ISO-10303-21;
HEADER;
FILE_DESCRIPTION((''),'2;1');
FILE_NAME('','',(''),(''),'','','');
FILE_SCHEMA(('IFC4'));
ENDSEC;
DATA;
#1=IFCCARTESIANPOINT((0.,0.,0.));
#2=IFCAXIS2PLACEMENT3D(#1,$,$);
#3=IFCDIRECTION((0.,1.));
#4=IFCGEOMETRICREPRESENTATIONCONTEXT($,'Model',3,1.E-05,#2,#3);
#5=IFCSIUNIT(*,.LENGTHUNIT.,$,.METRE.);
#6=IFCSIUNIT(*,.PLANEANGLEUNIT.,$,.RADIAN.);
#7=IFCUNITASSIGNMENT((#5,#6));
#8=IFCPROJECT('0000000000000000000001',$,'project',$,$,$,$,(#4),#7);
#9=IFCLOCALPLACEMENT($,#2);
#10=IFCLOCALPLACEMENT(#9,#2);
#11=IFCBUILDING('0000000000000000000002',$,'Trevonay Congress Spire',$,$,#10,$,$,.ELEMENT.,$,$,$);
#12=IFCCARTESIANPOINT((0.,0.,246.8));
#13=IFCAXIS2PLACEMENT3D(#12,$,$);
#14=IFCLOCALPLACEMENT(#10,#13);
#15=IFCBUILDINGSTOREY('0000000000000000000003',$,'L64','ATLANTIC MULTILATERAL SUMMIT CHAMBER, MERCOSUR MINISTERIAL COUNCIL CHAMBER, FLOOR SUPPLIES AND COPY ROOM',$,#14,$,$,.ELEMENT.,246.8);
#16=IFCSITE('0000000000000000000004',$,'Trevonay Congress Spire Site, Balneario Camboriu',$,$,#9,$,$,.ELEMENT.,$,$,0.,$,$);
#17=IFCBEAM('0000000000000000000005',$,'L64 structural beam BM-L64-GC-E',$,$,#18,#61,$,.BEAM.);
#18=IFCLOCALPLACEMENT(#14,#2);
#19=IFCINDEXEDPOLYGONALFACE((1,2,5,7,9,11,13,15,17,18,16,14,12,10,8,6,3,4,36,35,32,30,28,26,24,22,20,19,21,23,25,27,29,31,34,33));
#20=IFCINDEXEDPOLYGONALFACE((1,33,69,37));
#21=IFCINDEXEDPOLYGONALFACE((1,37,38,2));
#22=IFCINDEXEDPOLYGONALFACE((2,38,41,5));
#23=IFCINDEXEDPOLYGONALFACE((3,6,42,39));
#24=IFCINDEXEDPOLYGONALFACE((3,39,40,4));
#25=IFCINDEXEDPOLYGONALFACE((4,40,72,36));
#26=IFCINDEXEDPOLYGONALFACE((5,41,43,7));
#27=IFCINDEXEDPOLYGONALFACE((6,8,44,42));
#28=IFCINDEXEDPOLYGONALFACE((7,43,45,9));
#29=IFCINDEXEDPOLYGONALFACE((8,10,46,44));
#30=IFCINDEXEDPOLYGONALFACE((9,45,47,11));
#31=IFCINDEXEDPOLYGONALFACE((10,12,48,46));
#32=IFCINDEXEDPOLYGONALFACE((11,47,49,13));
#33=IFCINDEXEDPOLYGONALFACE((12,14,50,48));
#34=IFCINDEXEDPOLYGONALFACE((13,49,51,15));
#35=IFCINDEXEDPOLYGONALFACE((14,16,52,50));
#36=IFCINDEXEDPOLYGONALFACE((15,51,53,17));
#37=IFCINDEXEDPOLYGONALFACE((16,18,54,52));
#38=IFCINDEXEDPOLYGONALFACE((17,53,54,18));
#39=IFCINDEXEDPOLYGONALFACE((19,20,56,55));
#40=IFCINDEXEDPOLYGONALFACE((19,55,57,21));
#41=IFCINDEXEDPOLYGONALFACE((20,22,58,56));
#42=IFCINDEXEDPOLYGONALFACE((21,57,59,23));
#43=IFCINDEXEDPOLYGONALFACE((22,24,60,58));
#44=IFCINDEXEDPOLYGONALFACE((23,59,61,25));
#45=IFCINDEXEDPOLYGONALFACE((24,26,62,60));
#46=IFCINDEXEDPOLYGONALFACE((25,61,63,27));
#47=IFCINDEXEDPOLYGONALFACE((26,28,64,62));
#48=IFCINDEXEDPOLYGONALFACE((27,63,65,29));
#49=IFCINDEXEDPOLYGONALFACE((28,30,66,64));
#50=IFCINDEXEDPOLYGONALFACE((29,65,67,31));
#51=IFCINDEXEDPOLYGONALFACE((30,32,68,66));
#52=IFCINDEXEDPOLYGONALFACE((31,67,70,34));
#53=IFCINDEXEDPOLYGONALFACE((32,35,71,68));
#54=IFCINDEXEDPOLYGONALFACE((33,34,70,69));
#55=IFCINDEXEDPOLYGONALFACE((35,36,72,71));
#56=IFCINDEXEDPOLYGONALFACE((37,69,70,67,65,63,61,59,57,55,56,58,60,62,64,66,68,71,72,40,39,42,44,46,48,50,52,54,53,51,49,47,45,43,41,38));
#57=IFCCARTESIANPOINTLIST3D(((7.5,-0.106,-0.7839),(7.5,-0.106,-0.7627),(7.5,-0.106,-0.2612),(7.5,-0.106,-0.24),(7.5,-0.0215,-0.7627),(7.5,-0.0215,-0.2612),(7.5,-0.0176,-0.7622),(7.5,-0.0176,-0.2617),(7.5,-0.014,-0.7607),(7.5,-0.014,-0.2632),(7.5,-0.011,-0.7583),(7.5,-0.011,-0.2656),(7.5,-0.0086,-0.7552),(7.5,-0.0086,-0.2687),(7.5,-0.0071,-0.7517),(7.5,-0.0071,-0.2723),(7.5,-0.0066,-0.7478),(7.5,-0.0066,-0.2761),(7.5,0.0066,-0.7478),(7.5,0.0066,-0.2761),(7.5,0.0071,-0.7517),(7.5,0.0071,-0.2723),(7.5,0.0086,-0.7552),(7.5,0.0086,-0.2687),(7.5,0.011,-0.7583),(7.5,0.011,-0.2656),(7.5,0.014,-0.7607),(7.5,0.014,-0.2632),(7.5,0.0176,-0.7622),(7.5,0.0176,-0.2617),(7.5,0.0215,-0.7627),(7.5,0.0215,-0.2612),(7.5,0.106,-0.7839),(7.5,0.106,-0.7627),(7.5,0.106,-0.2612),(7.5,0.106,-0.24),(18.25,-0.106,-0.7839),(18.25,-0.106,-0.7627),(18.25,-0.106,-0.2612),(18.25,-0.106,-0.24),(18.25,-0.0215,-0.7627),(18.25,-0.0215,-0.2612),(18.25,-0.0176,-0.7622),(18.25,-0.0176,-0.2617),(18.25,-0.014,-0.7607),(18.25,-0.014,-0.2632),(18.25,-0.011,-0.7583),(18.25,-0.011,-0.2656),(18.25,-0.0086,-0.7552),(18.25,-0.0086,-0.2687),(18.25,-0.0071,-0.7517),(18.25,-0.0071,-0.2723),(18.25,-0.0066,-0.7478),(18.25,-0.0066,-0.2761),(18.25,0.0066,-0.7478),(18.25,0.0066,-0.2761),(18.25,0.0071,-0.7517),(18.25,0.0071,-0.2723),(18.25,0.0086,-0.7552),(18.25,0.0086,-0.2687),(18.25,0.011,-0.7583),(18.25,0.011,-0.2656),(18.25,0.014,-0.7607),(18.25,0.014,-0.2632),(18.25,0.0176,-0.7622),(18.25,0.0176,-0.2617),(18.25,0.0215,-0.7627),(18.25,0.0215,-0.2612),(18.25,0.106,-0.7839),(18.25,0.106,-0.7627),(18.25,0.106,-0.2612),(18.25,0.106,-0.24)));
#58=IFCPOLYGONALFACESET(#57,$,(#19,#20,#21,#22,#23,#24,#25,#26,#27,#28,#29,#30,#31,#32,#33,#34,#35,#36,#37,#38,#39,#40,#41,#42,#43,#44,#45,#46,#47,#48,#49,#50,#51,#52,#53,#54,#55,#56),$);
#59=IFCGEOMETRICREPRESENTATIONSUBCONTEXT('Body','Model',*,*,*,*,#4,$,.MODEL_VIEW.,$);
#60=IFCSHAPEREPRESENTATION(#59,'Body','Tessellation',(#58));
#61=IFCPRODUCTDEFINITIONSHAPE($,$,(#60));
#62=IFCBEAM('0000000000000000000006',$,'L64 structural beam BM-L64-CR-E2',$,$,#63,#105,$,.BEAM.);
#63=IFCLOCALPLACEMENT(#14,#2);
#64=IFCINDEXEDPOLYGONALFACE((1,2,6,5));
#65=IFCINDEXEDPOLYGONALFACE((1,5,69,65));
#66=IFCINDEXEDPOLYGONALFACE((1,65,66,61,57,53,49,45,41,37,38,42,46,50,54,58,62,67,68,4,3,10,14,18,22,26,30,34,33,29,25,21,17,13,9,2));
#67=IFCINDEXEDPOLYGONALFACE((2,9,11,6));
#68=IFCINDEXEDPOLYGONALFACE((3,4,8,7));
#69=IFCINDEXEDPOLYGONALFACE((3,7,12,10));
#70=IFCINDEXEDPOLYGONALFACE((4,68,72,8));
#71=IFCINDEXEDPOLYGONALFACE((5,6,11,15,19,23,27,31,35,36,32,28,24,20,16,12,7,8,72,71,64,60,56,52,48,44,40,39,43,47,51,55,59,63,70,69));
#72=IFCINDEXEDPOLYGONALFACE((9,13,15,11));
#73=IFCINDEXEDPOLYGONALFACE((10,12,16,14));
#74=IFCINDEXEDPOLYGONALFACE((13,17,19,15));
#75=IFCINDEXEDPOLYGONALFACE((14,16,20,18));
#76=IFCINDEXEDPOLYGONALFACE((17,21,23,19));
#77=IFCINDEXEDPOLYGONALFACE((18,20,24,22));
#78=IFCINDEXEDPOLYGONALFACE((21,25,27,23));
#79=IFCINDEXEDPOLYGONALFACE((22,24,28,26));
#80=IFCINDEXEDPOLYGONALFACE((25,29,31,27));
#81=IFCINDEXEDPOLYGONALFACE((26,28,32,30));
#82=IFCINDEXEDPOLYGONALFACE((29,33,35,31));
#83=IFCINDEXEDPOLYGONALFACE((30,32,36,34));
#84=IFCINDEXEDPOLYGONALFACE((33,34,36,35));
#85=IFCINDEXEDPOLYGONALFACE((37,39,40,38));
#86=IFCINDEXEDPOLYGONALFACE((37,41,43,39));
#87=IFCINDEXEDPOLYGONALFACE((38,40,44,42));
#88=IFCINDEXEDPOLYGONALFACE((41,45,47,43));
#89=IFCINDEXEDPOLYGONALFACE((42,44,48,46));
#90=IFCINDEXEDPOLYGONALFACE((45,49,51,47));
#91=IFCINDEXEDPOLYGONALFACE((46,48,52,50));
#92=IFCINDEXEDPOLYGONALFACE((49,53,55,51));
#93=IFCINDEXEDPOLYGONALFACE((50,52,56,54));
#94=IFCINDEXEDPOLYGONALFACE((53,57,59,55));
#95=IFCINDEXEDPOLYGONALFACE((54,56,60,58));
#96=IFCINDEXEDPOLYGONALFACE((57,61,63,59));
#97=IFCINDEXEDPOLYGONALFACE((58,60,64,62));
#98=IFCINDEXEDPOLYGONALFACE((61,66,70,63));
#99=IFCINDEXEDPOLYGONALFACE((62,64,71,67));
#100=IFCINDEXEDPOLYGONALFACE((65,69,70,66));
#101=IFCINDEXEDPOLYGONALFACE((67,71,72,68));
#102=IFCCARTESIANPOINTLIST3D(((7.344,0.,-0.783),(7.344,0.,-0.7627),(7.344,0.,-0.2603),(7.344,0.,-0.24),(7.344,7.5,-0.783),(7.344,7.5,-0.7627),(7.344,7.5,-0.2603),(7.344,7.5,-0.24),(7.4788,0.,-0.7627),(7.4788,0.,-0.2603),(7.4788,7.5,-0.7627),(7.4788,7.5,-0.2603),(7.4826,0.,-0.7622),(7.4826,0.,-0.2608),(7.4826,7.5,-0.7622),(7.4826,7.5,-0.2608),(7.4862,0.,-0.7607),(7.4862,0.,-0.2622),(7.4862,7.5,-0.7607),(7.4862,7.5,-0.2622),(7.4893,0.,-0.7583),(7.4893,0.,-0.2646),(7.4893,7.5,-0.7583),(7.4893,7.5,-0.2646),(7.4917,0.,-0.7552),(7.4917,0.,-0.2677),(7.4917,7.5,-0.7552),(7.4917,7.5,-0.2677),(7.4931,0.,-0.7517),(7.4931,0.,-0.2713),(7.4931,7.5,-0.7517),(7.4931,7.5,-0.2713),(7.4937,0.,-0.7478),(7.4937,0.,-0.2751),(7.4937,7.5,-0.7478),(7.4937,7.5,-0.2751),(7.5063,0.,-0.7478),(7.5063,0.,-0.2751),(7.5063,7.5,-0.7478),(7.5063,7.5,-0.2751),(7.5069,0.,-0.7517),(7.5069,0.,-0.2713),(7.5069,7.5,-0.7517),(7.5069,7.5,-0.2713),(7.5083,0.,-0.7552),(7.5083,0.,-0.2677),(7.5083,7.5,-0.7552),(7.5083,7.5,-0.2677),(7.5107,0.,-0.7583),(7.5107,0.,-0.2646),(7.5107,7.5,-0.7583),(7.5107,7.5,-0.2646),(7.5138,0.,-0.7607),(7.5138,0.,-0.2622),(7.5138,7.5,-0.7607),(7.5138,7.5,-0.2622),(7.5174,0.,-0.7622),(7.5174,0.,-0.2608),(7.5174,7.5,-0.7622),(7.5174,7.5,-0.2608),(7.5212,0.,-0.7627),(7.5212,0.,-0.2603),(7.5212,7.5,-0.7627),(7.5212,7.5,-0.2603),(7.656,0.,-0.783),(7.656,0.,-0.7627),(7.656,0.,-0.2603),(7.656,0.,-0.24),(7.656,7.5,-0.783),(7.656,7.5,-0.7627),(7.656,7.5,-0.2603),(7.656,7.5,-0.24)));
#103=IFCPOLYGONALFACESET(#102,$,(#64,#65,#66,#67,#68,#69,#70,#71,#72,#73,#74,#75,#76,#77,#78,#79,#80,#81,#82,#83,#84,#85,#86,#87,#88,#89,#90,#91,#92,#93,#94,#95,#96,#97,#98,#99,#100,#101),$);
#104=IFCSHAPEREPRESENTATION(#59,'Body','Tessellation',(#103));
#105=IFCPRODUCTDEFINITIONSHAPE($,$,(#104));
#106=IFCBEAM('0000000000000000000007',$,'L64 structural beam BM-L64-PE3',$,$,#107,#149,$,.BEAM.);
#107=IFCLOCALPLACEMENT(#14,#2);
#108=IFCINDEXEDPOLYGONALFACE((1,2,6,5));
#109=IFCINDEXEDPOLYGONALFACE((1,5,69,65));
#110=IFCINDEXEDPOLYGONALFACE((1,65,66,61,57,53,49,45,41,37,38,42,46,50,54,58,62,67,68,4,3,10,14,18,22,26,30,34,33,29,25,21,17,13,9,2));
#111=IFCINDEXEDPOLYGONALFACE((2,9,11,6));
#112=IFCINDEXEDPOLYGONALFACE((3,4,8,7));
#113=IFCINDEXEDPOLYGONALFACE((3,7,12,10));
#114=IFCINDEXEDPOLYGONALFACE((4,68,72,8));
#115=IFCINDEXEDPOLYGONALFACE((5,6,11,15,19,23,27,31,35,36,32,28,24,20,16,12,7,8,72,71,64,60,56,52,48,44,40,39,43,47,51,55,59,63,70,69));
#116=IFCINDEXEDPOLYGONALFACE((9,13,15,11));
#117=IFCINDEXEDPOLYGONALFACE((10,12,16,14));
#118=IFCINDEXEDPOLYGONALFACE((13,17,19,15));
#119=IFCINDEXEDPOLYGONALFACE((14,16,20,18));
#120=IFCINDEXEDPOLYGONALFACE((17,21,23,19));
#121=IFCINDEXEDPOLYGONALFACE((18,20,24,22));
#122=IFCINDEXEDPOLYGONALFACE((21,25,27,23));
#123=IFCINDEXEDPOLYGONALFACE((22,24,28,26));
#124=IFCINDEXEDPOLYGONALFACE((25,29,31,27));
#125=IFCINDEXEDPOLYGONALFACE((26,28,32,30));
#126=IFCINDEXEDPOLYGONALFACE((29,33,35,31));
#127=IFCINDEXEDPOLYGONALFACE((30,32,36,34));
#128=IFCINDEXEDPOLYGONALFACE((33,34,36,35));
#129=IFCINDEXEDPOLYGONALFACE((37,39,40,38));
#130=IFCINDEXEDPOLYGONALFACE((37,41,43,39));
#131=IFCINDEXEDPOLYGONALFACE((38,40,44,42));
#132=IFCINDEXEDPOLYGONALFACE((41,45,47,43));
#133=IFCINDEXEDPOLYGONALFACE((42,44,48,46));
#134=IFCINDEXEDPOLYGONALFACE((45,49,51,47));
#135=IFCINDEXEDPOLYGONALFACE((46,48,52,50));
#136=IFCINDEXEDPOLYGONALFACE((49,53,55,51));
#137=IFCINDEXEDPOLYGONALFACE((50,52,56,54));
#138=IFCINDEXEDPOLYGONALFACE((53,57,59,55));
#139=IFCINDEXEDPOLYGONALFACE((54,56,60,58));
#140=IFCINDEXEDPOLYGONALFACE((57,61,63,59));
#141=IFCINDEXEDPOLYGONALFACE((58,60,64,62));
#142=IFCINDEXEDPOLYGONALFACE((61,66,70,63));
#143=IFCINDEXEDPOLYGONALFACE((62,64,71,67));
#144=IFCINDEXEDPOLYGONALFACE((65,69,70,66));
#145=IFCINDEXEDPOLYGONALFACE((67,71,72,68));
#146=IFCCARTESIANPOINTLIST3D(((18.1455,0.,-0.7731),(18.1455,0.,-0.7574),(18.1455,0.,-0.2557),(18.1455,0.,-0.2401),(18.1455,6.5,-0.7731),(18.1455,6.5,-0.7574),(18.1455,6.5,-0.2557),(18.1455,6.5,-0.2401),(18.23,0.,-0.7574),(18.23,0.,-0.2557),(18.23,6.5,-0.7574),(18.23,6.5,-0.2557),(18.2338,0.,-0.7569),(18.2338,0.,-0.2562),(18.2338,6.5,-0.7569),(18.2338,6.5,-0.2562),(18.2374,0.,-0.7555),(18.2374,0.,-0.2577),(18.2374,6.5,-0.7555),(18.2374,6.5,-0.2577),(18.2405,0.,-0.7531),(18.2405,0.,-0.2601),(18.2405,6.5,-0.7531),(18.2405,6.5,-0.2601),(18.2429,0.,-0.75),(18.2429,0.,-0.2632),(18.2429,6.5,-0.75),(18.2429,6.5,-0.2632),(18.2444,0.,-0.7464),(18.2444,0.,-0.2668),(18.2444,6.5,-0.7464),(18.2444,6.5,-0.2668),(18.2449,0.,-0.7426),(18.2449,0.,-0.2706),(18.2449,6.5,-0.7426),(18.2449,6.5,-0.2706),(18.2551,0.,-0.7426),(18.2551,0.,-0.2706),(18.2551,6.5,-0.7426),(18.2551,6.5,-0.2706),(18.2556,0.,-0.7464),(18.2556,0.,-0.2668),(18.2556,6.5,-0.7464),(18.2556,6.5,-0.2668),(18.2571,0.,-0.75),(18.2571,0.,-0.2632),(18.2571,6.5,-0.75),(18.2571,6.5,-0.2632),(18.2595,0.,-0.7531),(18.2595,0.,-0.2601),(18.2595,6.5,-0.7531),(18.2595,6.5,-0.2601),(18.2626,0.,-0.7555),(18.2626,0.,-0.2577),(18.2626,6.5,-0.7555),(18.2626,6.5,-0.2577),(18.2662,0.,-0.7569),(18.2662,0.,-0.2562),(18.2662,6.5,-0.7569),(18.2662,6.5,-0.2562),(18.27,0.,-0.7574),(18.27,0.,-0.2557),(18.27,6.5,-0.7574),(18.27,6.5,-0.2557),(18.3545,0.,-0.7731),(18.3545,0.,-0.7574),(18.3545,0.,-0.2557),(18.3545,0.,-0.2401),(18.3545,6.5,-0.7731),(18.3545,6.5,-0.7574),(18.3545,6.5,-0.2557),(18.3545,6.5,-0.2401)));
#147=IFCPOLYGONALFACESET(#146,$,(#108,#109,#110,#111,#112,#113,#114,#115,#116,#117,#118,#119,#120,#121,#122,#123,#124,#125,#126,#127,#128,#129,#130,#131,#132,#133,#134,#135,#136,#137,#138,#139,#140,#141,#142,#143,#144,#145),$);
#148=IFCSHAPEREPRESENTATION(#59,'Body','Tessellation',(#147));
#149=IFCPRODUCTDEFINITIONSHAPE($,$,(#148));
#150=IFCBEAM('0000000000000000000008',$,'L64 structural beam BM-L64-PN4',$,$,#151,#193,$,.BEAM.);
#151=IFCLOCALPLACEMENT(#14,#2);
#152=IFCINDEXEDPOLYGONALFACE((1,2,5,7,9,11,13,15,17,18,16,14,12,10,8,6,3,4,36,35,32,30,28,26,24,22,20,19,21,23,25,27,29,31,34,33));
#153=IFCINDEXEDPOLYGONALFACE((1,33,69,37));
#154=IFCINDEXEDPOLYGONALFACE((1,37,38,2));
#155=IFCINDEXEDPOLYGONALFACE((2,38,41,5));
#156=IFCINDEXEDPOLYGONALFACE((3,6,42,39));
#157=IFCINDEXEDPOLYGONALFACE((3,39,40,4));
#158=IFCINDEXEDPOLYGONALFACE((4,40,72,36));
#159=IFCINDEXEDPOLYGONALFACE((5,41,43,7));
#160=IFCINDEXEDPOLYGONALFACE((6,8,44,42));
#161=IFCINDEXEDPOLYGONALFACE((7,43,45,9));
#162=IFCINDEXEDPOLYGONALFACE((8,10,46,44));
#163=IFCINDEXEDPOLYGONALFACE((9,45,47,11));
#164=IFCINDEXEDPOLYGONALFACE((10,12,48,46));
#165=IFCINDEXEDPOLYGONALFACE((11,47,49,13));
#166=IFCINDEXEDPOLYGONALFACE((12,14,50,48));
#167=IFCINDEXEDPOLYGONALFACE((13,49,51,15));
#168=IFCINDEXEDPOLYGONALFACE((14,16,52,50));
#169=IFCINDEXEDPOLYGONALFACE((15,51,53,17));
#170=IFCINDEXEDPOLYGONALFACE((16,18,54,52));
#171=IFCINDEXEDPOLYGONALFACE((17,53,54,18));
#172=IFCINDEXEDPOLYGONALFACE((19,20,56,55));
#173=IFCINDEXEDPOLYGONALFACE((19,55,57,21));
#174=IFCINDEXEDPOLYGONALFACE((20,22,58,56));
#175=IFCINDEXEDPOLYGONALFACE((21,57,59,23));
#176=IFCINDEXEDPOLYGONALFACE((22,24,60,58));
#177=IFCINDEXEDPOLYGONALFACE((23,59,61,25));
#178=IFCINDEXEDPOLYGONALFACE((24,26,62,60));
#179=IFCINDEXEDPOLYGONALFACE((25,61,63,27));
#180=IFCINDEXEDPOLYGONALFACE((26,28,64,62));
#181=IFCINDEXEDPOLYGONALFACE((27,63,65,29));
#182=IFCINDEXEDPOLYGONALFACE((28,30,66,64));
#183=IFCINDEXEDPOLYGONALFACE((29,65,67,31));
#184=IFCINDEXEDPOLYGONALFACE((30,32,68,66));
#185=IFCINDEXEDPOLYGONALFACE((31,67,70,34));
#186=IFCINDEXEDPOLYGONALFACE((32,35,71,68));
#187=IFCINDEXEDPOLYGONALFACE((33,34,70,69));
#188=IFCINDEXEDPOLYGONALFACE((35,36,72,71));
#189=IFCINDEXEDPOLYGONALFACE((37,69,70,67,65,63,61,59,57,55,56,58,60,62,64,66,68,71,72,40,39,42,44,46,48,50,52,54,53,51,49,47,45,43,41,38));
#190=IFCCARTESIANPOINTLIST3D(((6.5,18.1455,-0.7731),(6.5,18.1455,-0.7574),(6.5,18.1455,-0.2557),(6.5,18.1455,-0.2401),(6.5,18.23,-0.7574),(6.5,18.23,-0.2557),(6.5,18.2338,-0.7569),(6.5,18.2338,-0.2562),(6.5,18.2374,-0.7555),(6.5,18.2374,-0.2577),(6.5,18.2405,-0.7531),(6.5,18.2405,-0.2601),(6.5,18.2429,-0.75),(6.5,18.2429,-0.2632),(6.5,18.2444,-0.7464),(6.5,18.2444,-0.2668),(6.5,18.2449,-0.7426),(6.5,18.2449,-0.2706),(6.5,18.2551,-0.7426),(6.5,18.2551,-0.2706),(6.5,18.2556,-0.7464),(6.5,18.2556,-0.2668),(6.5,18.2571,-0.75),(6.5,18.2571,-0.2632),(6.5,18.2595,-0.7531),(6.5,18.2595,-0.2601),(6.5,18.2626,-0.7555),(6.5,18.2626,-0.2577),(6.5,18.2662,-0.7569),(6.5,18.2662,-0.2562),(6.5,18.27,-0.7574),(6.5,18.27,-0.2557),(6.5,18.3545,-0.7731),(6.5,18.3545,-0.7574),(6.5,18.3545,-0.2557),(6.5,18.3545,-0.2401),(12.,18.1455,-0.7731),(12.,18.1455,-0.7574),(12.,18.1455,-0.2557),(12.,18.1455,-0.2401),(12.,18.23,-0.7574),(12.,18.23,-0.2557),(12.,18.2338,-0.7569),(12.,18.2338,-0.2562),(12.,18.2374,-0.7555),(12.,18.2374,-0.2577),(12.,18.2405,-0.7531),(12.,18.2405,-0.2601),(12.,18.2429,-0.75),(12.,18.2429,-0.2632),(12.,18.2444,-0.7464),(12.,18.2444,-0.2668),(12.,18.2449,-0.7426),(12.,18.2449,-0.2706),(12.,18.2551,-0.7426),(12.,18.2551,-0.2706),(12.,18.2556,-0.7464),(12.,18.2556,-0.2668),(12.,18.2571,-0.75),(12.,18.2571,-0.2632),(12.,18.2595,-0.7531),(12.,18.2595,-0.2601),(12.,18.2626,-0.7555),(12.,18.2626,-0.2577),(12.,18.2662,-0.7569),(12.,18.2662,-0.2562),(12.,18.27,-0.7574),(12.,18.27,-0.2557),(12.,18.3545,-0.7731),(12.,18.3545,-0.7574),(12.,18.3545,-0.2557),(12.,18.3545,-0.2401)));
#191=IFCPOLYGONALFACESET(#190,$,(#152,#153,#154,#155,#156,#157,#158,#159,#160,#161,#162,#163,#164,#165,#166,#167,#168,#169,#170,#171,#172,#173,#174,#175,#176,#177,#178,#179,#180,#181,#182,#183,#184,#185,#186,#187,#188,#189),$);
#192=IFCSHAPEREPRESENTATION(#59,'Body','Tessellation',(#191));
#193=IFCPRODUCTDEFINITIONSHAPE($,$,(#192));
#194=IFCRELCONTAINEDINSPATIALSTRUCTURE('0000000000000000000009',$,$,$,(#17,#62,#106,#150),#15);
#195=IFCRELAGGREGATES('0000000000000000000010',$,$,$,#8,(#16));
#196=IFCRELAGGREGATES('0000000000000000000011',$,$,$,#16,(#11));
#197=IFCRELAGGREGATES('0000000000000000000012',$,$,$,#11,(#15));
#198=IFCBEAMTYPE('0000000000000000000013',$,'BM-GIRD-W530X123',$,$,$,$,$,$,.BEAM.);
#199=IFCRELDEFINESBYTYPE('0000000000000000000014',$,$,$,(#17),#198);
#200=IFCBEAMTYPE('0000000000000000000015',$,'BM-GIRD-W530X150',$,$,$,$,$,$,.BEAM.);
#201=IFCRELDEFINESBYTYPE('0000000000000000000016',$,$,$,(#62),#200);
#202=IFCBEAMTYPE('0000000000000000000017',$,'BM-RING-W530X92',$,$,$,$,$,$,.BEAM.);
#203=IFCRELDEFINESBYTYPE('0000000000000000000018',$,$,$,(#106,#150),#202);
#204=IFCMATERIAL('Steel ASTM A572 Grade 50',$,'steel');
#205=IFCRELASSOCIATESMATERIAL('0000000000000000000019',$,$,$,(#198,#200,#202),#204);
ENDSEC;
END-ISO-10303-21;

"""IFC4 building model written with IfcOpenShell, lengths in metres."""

from ifc_helpers import new_model, si_unit, direction, frame, origin, origin_2d, place, context, subcontext, project, spatial, i_section, extrude, material, material_profile, profile_set, type_object, element, save


model = new_model("IFC4")

# Units and contexts
model_context = context("Model", 3, precision=1e-05, world=origin(), true_north=direction((0.0, 1.0)))
body_context = subcontext(model_context, "Body", "Model", "MODEL_VIEW")
ifc_project = project(units=[si_unit("LENGTHUNIT", "METRE"), si_unit("PLANEANGLEUNIT", "RADIAN")], contexts=[model_context])

# Site, building, storey
site_placement = place(None, origin())
site = spatial("IfcSite", under=ifc_project, at=site_placement, Name="Trevonay Congress Spire Site, Balneario Camboriu", CompositionType="ELEMENT", RefElevation=0.0)
building_placement = place(site_placement, origin())
building = spatial("IfcBuilding", under=site, at=building_placement, Name="Trevonay Congress Spire", CompositionType="ELEMENT")
storey_placement = place(building_placement, frame((0.0, 0.0, 246.8)))
storey = spatial("IfcBuildingStorey", under=building, at=storey_placement, Name="L64", Description="ATLANTIC MULTILATERAL SUMMIT CHAMBER, MERCOSUR MINISTERIAL COUNCIL CHAMBER, FLOOR SUPPLIES AND COPY ROOM", CompositionType="ELEMENT", Elevation=246.8)

# Shared definitions
ifc_material_1 = material(Name="Steel ASTM A572 Grade 50", Category="steel")

# Beams
ifc_material_profile_1 = material_profile(ifc_material_1, i_section(OverallWidth=0.2119, OverallDepth=0.5439, WebThickness=0.0132, FlangeThickness=0.0212, FilletRadius=0.0149, at=origin_2d()), Name="W530x123")
ifc_profile_set_1 = profile_set([ifc_material_profile_1], Name="Steel ASTM A572 Grade 50")
beam_type_1 = type_object("IfcBeamType", Name="BM-GIRD-W530X123", PredefinedType="BEAM", material=ifc_profile_set_1)
beam_1_placement = place(storey_placement, frame((7.5, 0.0, -0.512), z_axis=(1.0, 0.0, 0.0), x_axis=(0.0, 1.0, 0.0)))
element("IfcBeam", 1, at=beam_1_placement, inside=storey, type_object=beam_type_1, Name="L64 structural beam BM-L64-GC-E", PredefinedType="BEAM", context=body_context, shape_type="SweptSolid", body=[
    extrude(i_section(OverallWidth=0.2119, OverallDepth=0.5439, WebThickness=0.0132, FlangeThickness=0.0212, FilletRadius=0.0149, at=origin_2d()), origin(), (0.0, 0.0, 1.0), 10.75),
])
ifc_material_profile_2 = material_profile(ifc_material_1, i_section(OverallWidth=0.312, OverallDepth=0.543, WebThickness=0.0127, FlangeThickness=0.0203, FilletRadius=0.0149, at=origin_2d()), Name="W530x150")
ifc_profile_set_2 = profile_set([ifc_material_profile_2], Name="Steel ASTM A572 Grade 50")
beam_type_2 = type_object("IfcBeamType", Name="BM-GIRD-W530X150", PredefinedType="BEAM", material=ifc_profile_set_2)
beam_2_placement = place(storey_placement, frame((7.5, 0.0, -0.5115), z_axis=(0.0, 1.0, 0.0), x_axis=(-1.0, 0.0, 0.0)))
element("IfcBeam", 2, at=beam_2_placement, inside=storey, type_object=beam_type_2, Name="L64 structural beam BM-L64-CR-E2", PredefinedType="BEAM", context=body_context, shape_type="SweptSolid", body=[
    extrude(i_section(OverallWidth=0.312, OverallDepth=0.543, WebThickness=0.0127, FlangeThickness=0.0203, FilletRadius=0.0149, at=origin_2d()), origin(), (0.0, 0.0, 1.0), 7.5),
])
ifc_material_profile_3 = material_profile(ifc_material_1, i_section(OverallWidth=0.209, OverallDepth=0.533, WebThickness=0.0103, FlangeThickness=0.0156, FilletRadius=0.0149, at=origin_2d()), Name="W530x92")
ifc_profile_set_3 = profile_set([ifc_material_profile_3], Name="Steel ASTM A572 Grade 50")
beam_type_3 = type_object("IfcBeamType", Name="BM-RING-W530X92", PredefinedType="BEAM", material=ifc_profile_set_3)
beam_3_placement = place(storey_placement, frame((18.25, 0.0, -0.5066), z_axis=(0.0, 1.0, 0.0), x_axis=(-1.0, 0.0, 0.0)))
element("IfcBeam", 3, at=beam_3_placement, inside=storey, type_object=beam_type_3, Name="L64 structural beam BM-L64-PE3", PredefinedType="BEAM", context=body_context, shape_type="SweptSolid", body=[
    extrude(i_section(OverallWidth=0.209, OverallDepth=0.533, WebThickness=0.0103, FlangeThickness=0.0156, FilletRadius=0.0149, at=origin_2d()), origin(), (0.0, 0.0, 1.0), 6.5),
])
for number, where, z_axis, x_axis, name in (
    (4, (6.5, 18.25, -0.5066), (1.0, 0.0, 0.0), (0.0, 1.0, 0.0), "L64 structural beam BM-L64-PN4"),
):
    element("IfcBeam", number, at=place(storey_placement, frame(where, z_axis=z_axis, x_axis=x_axis)), inside=storey, type_object=beam_type_3, Name=name, PredefinedType="BEAM", context=body_context, shape_type="SweptSolid", body=[
        extrude(i_section(OverallWidth=0.209, OverallDepth=0.533, WebThickness=0.0103, FlangeThickness=0.0156, FilletRadius=0.0149, at=origin_2d()), origin(), (0.0, 0.0, 1.0), 5.5),
    ])

save(model, "model.ifc")
